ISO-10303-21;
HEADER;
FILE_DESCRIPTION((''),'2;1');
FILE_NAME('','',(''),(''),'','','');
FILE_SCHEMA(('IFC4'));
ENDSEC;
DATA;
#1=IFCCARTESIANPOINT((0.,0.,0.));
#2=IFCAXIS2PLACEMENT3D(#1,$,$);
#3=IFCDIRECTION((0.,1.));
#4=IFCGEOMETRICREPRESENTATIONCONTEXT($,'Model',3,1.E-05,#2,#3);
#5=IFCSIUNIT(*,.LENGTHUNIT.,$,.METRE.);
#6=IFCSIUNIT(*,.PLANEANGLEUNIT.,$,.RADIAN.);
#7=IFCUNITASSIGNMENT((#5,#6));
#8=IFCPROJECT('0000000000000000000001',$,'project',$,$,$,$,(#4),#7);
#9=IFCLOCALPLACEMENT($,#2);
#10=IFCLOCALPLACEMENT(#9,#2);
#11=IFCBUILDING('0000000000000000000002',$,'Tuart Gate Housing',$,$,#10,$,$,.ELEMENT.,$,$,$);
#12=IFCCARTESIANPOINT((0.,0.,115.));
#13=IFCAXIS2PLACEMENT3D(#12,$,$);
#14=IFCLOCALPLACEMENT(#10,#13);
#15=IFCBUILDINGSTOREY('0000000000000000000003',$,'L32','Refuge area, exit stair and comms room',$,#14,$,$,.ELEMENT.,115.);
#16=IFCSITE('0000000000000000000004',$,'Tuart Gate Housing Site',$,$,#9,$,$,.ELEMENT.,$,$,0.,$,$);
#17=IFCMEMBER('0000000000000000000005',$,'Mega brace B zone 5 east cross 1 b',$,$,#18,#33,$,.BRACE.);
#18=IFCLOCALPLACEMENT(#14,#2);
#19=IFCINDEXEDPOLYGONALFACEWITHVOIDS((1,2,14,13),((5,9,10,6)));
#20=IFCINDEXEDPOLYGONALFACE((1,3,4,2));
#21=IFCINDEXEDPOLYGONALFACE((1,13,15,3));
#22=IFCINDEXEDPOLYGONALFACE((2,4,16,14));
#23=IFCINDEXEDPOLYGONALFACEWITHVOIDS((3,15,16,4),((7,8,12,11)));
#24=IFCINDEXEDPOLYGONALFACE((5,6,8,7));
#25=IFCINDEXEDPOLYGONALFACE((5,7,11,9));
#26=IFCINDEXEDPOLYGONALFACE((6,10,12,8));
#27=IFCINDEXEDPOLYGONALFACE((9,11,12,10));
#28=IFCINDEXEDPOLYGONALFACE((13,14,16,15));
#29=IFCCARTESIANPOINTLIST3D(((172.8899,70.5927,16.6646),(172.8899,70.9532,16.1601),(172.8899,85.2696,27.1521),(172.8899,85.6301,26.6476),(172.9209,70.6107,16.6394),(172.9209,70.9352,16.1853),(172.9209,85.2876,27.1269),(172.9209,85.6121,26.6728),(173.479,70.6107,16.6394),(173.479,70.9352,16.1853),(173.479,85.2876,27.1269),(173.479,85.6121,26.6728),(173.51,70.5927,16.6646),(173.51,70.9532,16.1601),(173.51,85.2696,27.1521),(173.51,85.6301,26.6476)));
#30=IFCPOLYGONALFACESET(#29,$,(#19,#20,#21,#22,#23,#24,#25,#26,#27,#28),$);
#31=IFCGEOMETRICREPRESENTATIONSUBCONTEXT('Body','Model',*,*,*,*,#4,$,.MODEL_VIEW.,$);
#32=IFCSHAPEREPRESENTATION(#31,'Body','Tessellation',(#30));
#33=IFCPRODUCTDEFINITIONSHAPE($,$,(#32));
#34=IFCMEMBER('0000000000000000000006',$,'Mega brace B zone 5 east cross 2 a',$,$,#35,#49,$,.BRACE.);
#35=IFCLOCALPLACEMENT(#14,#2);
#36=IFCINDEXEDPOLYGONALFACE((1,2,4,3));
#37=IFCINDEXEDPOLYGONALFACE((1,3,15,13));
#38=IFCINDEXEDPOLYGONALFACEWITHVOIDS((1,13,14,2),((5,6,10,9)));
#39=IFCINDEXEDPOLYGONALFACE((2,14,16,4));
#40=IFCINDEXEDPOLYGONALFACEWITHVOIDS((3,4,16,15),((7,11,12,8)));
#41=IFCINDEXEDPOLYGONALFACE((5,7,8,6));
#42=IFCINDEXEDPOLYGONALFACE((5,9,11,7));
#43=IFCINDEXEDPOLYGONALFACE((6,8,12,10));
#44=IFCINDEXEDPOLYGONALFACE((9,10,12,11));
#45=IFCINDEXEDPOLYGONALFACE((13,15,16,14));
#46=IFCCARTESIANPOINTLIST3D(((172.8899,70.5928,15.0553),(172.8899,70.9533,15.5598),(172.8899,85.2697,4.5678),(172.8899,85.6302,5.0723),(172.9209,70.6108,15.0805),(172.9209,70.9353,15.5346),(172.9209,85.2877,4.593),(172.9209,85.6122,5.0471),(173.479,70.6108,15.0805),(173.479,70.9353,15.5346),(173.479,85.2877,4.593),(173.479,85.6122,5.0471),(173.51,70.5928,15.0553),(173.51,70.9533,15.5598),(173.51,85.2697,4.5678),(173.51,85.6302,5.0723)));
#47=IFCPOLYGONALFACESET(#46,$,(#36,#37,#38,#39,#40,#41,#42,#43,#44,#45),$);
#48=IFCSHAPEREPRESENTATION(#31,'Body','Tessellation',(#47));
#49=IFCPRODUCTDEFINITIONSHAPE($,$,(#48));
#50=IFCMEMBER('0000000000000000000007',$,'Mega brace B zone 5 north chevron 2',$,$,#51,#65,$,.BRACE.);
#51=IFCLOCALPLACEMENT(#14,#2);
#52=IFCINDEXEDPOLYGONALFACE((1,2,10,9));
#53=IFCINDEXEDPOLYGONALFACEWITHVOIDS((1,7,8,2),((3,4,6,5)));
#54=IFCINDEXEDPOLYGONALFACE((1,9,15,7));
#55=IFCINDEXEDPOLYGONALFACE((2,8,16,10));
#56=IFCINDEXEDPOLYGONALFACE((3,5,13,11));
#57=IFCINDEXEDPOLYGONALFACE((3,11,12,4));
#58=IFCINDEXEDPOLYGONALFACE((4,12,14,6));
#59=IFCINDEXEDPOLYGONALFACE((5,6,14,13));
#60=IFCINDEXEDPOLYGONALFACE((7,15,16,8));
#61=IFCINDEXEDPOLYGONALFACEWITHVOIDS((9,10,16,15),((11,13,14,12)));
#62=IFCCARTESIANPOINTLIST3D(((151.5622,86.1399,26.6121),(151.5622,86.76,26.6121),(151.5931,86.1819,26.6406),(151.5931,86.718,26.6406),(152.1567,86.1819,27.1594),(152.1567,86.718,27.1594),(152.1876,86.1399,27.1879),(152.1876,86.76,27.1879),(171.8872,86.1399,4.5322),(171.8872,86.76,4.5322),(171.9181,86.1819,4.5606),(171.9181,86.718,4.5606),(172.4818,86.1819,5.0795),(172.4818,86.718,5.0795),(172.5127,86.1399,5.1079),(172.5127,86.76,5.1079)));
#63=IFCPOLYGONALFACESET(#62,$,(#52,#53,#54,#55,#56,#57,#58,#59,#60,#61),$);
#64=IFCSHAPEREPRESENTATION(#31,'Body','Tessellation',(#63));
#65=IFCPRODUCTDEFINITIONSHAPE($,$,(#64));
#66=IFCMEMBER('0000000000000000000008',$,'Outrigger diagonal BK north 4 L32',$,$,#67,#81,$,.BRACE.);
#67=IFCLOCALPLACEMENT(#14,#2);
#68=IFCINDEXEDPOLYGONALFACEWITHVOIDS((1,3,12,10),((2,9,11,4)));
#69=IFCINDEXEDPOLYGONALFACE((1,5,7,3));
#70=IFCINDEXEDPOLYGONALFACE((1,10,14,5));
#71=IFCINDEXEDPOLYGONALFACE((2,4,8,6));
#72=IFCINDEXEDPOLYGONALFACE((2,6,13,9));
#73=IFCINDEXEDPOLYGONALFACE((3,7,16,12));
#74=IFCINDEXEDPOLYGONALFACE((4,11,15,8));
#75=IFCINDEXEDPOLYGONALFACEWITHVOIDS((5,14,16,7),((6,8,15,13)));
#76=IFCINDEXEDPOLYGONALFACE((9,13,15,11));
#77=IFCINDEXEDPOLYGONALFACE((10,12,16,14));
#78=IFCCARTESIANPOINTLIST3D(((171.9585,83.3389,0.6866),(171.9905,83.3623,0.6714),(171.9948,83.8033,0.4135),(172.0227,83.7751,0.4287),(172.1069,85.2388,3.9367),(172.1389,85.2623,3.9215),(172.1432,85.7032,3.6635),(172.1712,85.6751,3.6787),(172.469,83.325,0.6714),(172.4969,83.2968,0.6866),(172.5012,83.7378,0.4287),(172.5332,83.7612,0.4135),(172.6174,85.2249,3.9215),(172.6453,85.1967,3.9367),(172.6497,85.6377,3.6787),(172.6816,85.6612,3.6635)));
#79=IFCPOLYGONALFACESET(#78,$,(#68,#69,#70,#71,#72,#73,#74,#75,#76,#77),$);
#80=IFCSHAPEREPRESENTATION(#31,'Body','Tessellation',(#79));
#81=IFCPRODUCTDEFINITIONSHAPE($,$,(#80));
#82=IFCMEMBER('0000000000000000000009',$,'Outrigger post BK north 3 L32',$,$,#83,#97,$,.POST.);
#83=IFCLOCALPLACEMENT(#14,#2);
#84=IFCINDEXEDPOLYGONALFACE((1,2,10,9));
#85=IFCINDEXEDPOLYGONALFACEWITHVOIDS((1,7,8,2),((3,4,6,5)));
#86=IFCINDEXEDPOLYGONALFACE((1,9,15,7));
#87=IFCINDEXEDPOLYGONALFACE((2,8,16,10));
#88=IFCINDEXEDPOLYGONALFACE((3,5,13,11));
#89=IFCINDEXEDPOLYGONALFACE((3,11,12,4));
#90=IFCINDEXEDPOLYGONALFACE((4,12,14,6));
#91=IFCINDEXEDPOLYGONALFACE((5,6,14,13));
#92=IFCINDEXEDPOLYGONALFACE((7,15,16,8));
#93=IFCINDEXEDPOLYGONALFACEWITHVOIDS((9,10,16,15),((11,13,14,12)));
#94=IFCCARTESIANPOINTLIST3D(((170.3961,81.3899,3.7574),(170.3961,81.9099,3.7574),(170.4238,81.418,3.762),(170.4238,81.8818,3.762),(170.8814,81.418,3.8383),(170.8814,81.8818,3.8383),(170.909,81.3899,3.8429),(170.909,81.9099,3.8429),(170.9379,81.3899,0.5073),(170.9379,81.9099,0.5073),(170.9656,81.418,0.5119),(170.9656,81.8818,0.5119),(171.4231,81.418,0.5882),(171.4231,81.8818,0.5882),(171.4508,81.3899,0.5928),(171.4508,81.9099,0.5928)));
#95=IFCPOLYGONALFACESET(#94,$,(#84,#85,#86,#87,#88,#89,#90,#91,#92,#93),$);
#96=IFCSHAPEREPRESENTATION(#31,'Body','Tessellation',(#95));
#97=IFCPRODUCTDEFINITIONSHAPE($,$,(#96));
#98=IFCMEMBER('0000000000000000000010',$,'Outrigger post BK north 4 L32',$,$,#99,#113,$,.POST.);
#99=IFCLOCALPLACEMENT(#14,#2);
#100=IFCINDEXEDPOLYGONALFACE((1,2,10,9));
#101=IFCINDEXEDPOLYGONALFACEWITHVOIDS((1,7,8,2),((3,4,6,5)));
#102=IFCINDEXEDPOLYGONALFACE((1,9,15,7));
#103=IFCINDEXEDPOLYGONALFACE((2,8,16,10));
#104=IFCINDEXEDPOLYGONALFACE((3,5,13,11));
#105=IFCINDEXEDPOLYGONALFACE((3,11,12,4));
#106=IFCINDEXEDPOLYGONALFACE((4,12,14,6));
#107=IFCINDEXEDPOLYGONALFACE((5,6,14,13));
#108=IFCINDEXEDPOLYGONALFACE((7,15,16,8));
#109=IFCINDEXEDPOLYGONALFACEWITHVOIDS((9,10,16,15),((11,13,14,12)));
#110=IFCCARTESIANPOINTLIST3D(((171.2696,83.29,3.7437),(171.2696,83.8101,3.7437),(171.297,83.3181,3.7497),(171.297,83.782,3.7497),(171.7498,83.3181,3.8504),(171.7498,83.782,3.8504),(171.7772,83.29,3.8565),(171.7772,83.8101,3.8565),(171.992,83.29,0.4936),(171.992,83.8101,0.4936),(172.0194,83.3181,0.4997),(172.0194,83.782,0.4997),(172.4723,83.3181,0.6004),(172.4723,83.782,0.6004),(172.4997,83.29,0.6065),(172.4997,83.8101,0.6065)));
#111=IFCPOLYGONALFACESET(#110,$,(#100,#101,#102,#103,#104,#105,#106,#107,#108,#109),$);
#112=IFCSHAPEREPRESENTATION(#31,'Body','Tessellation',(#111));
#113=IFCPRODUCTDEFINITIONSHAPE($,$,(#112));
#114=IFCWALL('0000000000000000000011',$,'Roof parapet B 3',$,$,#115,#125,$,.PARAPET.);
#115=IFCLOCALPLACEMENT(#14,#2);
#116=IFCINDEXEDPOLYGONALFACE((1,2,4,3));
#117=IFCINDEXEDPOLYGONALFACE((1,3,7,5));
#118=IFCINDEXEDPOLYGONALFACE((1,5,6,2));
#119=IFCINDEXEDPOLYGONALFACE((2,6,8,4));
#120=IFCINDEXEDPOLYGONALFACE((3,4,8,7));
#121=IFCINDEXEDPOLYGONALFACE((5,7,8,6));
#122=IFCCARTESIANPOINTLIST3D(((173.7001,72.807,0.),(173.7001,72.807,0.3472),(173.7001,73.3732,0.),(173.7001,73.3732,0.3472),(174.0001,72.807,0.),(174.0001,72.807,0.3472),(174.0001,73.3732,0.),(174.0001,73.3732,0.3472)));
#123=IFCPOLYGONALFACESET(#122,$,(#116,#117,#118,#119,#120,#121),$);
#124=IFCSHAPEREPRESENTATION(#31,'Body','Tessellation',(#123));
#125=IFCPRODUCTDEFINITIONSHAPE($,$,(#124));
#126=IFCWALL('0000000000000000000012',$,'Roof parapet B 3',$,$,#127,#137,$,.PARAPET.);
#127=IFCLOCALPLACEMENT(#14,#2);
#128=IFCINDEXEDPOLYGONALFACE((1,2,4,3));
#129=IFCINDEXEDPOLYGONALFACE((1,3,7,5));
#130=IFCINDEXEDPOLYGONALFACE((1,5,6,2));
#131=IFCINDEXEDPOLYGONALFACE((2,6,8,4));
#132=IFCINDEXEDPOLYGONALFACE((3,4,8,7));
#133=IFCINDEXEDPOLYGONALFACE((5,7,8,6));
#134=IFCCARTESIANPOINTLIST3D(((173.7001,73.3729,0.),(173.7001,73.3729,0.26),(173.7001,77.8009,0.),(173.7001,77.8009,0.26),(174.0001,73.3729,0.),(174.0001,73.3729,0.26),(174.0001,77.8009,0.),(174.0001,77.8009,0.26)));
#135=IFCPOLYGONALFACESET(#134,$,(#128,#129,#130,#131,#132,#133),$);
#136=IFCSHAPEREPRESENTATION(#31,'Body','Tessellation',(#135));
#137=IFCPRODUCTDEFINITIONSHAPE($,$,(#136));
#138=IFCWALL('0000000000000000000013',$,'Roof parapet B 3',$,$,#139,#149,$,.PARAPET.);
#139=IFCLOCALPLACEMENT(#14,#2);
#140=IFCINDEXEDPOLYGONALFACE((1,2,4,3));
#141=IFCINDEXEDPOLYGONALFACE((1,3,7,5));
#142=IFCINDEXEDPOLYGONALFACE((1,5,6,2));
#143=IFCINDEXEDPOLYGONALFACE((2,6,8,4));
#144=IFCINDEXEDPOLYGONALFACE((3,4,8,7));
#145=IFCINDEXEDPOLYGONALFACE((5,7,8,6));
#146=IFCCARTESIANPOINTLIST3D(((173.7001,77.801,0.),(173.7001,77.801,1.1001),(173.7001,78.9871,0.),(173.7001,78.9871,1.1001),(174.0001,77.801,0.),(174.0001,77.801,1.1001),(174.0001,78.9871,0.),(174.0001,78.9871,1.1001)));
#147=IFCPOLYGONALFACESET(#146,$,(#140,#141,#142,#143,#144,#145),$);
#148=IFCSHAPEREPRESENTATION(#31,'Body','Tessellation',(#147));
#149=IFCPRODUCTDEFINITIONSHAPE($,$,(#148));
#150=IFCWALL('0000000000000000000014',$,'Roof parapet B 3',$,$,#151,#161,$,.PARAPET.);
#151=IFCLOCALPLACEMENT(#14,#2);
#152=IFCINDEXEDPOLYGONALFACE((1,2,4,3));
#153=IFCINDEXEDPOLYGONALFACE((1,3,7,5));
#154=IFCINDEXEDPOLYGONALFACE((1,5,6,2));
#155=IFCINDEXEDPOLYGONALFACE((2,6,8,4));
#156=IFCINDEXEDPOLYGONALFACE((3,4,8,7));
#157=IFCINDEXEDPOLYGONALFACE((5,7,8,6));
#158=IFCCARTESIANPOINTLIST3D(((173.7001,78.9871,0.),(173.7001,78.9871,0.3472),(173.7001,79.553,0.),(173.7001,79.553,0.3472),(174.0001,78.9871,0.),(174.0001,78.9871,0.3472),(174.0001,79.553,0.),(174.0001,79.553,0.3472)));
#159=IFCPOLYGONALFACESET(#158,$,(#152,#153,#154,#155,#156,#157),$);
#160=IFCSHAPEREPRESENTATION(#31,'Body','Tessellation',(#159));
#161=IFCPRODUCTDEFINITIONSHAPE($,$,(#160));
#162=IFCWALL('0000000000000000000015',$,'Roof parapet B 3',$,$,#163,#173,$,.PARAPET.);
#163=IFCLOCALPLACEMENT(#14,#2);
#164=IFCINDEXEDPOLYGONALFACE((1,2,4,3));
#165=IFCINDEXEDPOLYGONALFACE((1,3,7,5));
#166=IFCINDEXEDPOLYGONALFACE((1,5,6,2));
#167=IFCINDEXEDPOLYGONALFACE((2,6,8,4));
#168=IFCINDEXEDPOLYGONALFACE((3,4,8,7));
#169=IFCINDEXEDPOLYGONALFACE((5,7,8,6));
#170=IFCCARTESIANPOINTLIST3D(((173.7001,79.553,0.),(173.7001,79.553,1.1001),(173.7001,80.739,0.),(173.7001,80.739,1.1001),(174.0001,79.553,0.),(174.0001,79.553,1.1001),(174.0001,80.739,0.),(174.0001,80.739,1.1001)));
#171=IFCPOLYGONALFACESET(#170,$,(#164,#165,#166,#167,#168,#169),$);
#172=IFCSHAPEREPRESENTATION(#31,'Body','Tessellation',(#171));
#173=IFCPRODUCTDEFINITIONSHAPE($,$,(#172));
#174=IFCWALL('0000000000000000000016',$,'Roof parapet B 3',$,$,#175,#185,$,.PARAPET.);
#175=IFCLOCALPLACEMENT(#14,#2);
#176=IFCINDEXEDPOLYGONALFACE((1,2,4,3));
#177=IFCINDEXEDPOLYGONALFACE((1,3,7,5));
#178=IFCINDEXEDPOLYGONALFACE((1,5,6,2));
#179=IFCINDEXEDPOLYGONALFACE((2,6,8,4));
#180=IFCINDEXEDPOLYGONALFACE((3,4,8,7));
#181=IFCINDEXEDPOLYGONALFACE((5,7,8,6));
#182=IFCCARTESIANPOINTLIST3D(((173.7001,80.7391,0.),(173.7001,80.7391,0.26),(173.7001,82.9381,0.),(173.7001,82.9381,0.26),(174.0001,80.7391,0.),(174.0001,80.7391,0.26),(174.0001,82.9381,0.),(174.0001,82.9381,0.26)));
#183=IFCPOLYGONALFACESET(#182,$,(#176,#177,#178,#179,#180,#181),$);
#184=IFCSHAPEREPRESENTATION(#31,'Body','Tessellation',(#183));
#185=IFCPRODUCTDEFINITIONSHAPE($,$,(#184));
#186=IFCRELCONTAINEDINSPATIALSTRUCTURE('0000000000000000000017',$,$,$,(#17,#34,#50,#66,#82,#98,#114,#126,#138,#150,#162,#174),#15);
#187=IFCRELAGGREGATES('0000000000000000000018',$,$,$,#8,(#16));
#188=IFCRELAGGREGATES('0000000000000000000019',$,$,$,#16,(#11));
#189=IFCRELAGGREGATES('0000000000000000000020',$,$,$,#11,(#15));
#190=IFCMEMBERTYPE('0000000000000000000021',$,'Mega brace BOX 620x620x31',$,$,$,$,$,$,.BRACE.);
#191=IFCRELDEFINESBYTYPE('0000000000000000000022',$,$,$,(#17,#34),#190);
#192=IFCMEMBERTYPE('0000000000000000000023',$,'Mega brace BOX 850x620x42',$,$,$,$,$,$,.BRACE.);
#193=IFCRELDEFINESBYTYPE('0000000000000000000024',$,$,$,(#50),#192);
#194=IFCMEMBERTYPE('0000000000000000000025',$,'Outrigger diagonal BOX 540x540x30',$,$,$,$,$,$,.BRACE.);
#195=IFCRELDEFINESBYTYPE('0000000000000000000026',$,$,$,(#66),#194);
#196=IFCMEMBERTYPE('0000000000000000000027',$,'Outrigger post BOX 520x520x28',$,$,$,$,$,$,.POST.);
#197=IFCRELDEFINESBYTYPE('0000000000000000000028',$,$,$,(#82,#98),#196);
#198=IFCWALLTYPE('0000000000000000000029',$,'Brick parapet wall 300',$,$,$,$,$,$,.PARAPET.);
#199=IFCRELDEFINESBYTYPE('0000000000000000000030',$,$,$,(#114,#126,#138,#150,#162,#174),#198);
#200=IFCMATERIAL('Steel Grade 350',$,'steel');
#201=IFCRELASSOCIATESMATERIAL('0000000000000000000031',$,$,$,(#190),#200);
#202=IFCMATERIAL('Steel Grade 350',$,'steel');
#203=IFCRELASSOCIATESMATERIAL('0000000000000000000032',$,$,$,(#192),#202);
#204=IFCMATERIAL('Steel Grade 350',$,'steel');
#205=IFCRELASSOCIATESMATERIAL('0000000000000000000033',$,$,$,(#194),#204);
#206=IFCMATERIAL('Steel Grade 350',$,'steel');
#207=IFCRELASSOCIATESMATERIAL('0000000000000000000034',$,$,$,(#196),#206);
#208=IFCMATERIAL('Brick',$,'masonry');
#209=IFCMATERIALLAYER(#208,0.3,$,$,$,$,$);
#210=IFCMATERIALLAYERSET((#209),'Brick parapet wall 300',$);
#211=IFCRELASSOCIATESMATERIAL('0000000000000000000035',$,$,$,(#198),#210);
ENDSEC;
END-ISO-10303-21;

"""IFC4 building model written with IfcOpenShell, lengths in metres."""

from ifc_helpers import new_model, si_unit, direction, frame, frame_2d, origin, origin_2d, place, context, subcontext, project, spatial, rectangle, hollow_rectangle, extrude, material, layer, layer_set, material_profile, profile_set, type_object, element, save


model = new_model("IFC4")

# Units and contexts
model_context = context("Model", 3, precision=1e-05, world=origin(), true_north=direction((0.0, 1.0)))
body_context = subcontext(model_context, "Body", "Model", "MODEL_VIEW")
ifc_project = project(units=[si_unit("LENGTHUNIT", "METRE"), si_unit("PLANEANGLEUNIT", "RADIAN")], contexts=[model_context])

# Site, building, storey
site_placement = place(None, origin())
site = spatial("IfcSite", under=ifc_project, at=site_placement, Name="Tuart Gate Housing Site", CompositionType="ELEMENT", RefElevation=0.0)
building_placement = place(site_placement, origin())
building = spatial("IfcBuilding", under=site, at=building_placement, Name="Tuart Gate Housing", CompositionType="ELEMENT")
storey_placement = place(building_placement, frame((0.0, 0.0, 115.0)))
storey = spatial("IfcBuildingStorey", under=building, at=storey_placement, Name="L32", Description="Refuge area, exit stair and comms room", CompositionType="ELEMENT", Elevation=115.0)

# Members
ifc_material_1 = material(Name="Steel Grade 350", Category="steel")
ifc_material_profile_1 = material_profile(ifc_material_1, hollow_rectangle(XDim=0.6201, YDim=0.6201, WallThickness=0.031, at=origin_2d()), Name="BOX 620x620x31")
ifc_profile_set_1 = profile_set([ifc_material_profile_1], Name="Steel Grade 350")
member_type_1 = type_object("IfcMemberType", Name="Mega brace BOX 620x620x31", PredefinedType="BRACE", material=ifc_profile_set_1)
for number, where, z_axis, x_axis, name in (
    (1, (173.2, 70.7729, 16.4124), (0.0, 0.813629, 0.581384), (-1.0, 0.0, 0.0), "Mega brace B zone 5 east cross 1 b"),
    (2, (173.2, 85.45, 4.8201), (0.0, -0.813629, 0.581384), (1.0, 0.0, 0.0), "Mega brace B zone 5 east cross 2 a"),
):
    element("IfcMember", number, at=place(storey_placement, frame(where, z_axis=z_axis, x_axis=x_axis)), inside=storey, type_object=member_type_1, Name=name, PredefinedType="BRACE", context=body_context, shape_type="SweptSolid", body=[
        extrude(hollow_rectangle(XDim=0.6201, YDim=0.6201, WallThickness=0.031, at=origin_2d()), origin(), (0.0, 0.0, 1.0), 18.0388),
    ])
ifc_material_2 = material(Name="Steel Grade 350", Category="steel")
ifc_material_profile_2 = material_profile(ifc_material_2, hollow_rectangle(XDim=0.6201, YDim=0.8501, WallThickness=0.042, at=origin_2d()), Name="BOX 850x620x42")
ifc_profile_set_2 = profile_set([ifc_material_profile_2], Name="Steel Grade 350")
member_type_2 = type_object("IfcMemberType", Name="Mega brace BOX 850x620x42", PredefinedType="BRACE", material=ifc_profile_set_2)
member_1_placement = place(storey_placement, frame((172.2, 86.45, 4.8201), z_axis=(-0.677264, 0.0, 0.73574), x_axis=(0.0, -1.0, 0.0)))
element("IfcMember", 3, at=member_1_placement, inside=storey, type_object=member_type_2, Name="Mega brace B zone 5 north chevron 2", PredefinedType="BRACE", context=body_context, shape_type="SweptSolid", body=[
    extrude(hollow_rectangle(XDim=0.6201, YDim=0.8501, WallThickness=0.042, at=origin_2d()), origin(), (0.0, 0.0, 1.0), 30.0105),
])
ifc_material_3 = material(Name="Steel Grade 350", Category="steel")
ifc_material_profile_3 = material_profile(ifc_material_3, hollow_rectangle(XDim=0.54, YDim=0.54, WallThickness=0.03, at=origin_2d()), Name="BOX 540x540x30")
ifc_profile_set_3 = profile_set([ifc_material_profile_3], Name="Steel Grade 350")
member_type_3 = type_object("IfcMemberType", Name="Outrigger diagonal BOX 540x540x30", PredefinedType="BRACE", material=ifc_profile_set_3)
member_2_placement = place(storey_placement, frame((172.2458, 83.55, 0.55), z_axis=(0.039399, 0.504285, 0.862638), x_axis=(-0.996962, 0.077892, 0.0)))
element("IfcMember", 4, at=member_2_placement, inside=storey, type_object=member_type_3, Name="Outrigger diagonal BK north 4 L32", PredefinedType="BRACE", context=body_context, shape_type="SweptSolid", body=[
    extrude(hollow_rectangle(XDim=0.54, YDim=0.54, WallThickness=0.03, at=origin_2d()), origin(), (0.0, 0.0, 1.0), 3.7676),
])
ifc_material_4 = material(Name="Steel Grade 350", Category="steel")
ifc_material_profile_4 = material_profile(ifc_material_4, hollow_rectangle(XDim=0.52, YDim=0.52, WallThickness=0.0281, at=origin_2d()), Name="BOX 520x520x28")
ifc_profile_set_4 = profile_set([ifc_material_profile_4], Name="Steel Grade 350")
member_type_4 = type_object("IfcMemberType", Name="Outrigger post BOX 520x520x28", PredefinedType="POST", material=ifc_profile_set_4)
member_3_placement = place(storey_placement, frame((171.1943, 81.6499, 0.55), z_axis=(-0.164423, 0.0, 0.98639), x_axis=(0.0, -1.0, 0.0)))
element("IfcMember", 5, at=member_3_placement, inside=storey, type_object=member_type_4, Name="Outrigger post BK north 3 L32", PredefinedType="POST", context=body_context, shape_type="SweptSolid", body=[
    extrude(hollow_rectangle(XDim=0.52, YDim=0.52, WallThickness=0.0281, at=origin_2d()), origin(), (0.0, 0.0, 1.0), 3.2949),
])
member_4_placement = place(storey_placement, frame((172.2458, 83.55, 0.55), z_axis=(-0.216985, 0.0, 0.976175), x_axis=(0.0, -1.0, 0.0)))
element("IfcMember", 6, at=member_4_placement, inside=storey, type_object=member_type_4, Name="Outrigger post BK north 4 L32", PredefinedType="POST", context=body_context, shape_type="SweptSolid", body=[
    extrude(hollow_rectangle(XDim=0.52, YDim=0.52, WallThickness=0.0281, at=origin_2d()), origin(), (0.0, 0.0, 1.0), 3.3293),
])

# Walls
ifc_material_5 = material(Name="Brick", Category="masonry")
ifc_layer_1 = layer(ifc_material_5, 0.3)
ifc_layer_set_1 = layer_set([ifc_layer_1], Name="Brick parapet wall 300")
wall_type_1 = type_object("IfcWallType", Name="Brick parapet wall 300", PredefinedType="PARAPET", material=ifc_layer_set_1)
wall_1_placement = place(storey_placement, frame((173.8501, 72.8069, 0.0), z_axis=(0.0, 0.0, 1.0), x_axis=(0.0, 1.0, 0.0)))
element("IfcWall", 7, at=wall_1_placement, inside=storey, type_object=wall_type_1, Name="Roof parapet B 3", PredefinedType="PARAPET", context=body_context, shape_type="SweptSolid", body=[
    extrude(rectangle(XDim=0.5662, YDim=0.3, at=frame_2d((0.2832, 0.0))), origin(), (0.0, 0.0, 1.0), 0.3472),
])
wall_2_placement = place(storey_placement, frame((173.8501, 73.373, 0.0), z_axis=(0.0, 0.0, 1.0), x_axis=(0.0, 1.0, 0.0)))
element("IfcWall", 8, at=wall_2_placement, inside=storey, type_object=wall_type_1, Name="Roof parapet B 3", PredefinedType="PARAPET", context=body_context, shape_type="SweptSolid", body=[
    extrude(rectangle(XDim=4.428, YDim=0.3, at=frame_2d((2.2139, 0.0))), origin(), (0.0, 0.0, 1.0), 0.26),
])
wall_3_placement = place(storey_placement, frame((173.8501, 77.801, 0.0), z_axis=(0.0, 0.0, 1.0), x_axis=(0.0, 1.0, 0.0)))
element("IfcWall", 9, at=wall_3_placement, inside=storey, type_object=wall_type_1, Name="Roof parapet B 3", PredefinedType="PARAPET", context=body_context, shape_type="SweptSolid", body=[
    extrude(rectangle(XDim=1.186, YDim=0.3, at=frame_2d((0.593, 0.0))), origin(), (0.0, 0.0, 1.0), 1.1001),
])
wall_4_placement = place(storey_placement, frame((173.8501, 78.9871, 0.0), z_axis=(0.0, 0.0, 1.0), x_axis=(0.0, 1.0, 0.0)))
element("IfcWall", 10, at=wall_4_placement, inside=storey, type_object=wall_type_1, Name="Roof parapet B 3", PredefinedType="PARAPET", context=body_context, shape_type="SweptSolid", body=[
    extrude(rectangle(XDim=0.5659, YDim=0.3, at=frame_2d((0.283, 0.0))), origin(), (0.0, 0.0, 1.0), 0.3472),
])
wall_5_placement = place(storey_placement, frame((173.8501, 79.553, 0.0), z_axis=(0.0, 0.0, 1.0), x_axis=(0.0, 1.0, 0.0)))
element("IfcWall", 11, at=wall_5_placement, inside=storey, type_object=wall_type_1, Name="Roof parapet B 3", PredefinedType="PARAPET", context=body_context, shape_type="SweptSolid", body=[
    extrude(rectangle(XDim=1.186, YDim=0.3, at=frame_2d((0.593, 0.0))), origin(), (0.0, 0.0, 1.0), 1.1001),
])
wall_6_placement = place(storey_placement, frame((173.8501, 80.739, 0.0), z_axis=(0.0, 0.0, 1.0), x_axis=(0.0, 1.0, 0.0)))
element("IfcWall", 12, at=wall_6_placement, inside=storey, type_object=wall_type_1, Name="Roof parapet B 3", PredefinedType="PARAPET", context=body_context, shape_type="SweptSolid", body=[
    extrude(rectangle(XDim=2.199, YDim=0.3, at=frame_2d((1.0996, 0.0))), origin(), (0.0, 0.0, 1.0), 0.26),
])

save(model, "model.ifc")
